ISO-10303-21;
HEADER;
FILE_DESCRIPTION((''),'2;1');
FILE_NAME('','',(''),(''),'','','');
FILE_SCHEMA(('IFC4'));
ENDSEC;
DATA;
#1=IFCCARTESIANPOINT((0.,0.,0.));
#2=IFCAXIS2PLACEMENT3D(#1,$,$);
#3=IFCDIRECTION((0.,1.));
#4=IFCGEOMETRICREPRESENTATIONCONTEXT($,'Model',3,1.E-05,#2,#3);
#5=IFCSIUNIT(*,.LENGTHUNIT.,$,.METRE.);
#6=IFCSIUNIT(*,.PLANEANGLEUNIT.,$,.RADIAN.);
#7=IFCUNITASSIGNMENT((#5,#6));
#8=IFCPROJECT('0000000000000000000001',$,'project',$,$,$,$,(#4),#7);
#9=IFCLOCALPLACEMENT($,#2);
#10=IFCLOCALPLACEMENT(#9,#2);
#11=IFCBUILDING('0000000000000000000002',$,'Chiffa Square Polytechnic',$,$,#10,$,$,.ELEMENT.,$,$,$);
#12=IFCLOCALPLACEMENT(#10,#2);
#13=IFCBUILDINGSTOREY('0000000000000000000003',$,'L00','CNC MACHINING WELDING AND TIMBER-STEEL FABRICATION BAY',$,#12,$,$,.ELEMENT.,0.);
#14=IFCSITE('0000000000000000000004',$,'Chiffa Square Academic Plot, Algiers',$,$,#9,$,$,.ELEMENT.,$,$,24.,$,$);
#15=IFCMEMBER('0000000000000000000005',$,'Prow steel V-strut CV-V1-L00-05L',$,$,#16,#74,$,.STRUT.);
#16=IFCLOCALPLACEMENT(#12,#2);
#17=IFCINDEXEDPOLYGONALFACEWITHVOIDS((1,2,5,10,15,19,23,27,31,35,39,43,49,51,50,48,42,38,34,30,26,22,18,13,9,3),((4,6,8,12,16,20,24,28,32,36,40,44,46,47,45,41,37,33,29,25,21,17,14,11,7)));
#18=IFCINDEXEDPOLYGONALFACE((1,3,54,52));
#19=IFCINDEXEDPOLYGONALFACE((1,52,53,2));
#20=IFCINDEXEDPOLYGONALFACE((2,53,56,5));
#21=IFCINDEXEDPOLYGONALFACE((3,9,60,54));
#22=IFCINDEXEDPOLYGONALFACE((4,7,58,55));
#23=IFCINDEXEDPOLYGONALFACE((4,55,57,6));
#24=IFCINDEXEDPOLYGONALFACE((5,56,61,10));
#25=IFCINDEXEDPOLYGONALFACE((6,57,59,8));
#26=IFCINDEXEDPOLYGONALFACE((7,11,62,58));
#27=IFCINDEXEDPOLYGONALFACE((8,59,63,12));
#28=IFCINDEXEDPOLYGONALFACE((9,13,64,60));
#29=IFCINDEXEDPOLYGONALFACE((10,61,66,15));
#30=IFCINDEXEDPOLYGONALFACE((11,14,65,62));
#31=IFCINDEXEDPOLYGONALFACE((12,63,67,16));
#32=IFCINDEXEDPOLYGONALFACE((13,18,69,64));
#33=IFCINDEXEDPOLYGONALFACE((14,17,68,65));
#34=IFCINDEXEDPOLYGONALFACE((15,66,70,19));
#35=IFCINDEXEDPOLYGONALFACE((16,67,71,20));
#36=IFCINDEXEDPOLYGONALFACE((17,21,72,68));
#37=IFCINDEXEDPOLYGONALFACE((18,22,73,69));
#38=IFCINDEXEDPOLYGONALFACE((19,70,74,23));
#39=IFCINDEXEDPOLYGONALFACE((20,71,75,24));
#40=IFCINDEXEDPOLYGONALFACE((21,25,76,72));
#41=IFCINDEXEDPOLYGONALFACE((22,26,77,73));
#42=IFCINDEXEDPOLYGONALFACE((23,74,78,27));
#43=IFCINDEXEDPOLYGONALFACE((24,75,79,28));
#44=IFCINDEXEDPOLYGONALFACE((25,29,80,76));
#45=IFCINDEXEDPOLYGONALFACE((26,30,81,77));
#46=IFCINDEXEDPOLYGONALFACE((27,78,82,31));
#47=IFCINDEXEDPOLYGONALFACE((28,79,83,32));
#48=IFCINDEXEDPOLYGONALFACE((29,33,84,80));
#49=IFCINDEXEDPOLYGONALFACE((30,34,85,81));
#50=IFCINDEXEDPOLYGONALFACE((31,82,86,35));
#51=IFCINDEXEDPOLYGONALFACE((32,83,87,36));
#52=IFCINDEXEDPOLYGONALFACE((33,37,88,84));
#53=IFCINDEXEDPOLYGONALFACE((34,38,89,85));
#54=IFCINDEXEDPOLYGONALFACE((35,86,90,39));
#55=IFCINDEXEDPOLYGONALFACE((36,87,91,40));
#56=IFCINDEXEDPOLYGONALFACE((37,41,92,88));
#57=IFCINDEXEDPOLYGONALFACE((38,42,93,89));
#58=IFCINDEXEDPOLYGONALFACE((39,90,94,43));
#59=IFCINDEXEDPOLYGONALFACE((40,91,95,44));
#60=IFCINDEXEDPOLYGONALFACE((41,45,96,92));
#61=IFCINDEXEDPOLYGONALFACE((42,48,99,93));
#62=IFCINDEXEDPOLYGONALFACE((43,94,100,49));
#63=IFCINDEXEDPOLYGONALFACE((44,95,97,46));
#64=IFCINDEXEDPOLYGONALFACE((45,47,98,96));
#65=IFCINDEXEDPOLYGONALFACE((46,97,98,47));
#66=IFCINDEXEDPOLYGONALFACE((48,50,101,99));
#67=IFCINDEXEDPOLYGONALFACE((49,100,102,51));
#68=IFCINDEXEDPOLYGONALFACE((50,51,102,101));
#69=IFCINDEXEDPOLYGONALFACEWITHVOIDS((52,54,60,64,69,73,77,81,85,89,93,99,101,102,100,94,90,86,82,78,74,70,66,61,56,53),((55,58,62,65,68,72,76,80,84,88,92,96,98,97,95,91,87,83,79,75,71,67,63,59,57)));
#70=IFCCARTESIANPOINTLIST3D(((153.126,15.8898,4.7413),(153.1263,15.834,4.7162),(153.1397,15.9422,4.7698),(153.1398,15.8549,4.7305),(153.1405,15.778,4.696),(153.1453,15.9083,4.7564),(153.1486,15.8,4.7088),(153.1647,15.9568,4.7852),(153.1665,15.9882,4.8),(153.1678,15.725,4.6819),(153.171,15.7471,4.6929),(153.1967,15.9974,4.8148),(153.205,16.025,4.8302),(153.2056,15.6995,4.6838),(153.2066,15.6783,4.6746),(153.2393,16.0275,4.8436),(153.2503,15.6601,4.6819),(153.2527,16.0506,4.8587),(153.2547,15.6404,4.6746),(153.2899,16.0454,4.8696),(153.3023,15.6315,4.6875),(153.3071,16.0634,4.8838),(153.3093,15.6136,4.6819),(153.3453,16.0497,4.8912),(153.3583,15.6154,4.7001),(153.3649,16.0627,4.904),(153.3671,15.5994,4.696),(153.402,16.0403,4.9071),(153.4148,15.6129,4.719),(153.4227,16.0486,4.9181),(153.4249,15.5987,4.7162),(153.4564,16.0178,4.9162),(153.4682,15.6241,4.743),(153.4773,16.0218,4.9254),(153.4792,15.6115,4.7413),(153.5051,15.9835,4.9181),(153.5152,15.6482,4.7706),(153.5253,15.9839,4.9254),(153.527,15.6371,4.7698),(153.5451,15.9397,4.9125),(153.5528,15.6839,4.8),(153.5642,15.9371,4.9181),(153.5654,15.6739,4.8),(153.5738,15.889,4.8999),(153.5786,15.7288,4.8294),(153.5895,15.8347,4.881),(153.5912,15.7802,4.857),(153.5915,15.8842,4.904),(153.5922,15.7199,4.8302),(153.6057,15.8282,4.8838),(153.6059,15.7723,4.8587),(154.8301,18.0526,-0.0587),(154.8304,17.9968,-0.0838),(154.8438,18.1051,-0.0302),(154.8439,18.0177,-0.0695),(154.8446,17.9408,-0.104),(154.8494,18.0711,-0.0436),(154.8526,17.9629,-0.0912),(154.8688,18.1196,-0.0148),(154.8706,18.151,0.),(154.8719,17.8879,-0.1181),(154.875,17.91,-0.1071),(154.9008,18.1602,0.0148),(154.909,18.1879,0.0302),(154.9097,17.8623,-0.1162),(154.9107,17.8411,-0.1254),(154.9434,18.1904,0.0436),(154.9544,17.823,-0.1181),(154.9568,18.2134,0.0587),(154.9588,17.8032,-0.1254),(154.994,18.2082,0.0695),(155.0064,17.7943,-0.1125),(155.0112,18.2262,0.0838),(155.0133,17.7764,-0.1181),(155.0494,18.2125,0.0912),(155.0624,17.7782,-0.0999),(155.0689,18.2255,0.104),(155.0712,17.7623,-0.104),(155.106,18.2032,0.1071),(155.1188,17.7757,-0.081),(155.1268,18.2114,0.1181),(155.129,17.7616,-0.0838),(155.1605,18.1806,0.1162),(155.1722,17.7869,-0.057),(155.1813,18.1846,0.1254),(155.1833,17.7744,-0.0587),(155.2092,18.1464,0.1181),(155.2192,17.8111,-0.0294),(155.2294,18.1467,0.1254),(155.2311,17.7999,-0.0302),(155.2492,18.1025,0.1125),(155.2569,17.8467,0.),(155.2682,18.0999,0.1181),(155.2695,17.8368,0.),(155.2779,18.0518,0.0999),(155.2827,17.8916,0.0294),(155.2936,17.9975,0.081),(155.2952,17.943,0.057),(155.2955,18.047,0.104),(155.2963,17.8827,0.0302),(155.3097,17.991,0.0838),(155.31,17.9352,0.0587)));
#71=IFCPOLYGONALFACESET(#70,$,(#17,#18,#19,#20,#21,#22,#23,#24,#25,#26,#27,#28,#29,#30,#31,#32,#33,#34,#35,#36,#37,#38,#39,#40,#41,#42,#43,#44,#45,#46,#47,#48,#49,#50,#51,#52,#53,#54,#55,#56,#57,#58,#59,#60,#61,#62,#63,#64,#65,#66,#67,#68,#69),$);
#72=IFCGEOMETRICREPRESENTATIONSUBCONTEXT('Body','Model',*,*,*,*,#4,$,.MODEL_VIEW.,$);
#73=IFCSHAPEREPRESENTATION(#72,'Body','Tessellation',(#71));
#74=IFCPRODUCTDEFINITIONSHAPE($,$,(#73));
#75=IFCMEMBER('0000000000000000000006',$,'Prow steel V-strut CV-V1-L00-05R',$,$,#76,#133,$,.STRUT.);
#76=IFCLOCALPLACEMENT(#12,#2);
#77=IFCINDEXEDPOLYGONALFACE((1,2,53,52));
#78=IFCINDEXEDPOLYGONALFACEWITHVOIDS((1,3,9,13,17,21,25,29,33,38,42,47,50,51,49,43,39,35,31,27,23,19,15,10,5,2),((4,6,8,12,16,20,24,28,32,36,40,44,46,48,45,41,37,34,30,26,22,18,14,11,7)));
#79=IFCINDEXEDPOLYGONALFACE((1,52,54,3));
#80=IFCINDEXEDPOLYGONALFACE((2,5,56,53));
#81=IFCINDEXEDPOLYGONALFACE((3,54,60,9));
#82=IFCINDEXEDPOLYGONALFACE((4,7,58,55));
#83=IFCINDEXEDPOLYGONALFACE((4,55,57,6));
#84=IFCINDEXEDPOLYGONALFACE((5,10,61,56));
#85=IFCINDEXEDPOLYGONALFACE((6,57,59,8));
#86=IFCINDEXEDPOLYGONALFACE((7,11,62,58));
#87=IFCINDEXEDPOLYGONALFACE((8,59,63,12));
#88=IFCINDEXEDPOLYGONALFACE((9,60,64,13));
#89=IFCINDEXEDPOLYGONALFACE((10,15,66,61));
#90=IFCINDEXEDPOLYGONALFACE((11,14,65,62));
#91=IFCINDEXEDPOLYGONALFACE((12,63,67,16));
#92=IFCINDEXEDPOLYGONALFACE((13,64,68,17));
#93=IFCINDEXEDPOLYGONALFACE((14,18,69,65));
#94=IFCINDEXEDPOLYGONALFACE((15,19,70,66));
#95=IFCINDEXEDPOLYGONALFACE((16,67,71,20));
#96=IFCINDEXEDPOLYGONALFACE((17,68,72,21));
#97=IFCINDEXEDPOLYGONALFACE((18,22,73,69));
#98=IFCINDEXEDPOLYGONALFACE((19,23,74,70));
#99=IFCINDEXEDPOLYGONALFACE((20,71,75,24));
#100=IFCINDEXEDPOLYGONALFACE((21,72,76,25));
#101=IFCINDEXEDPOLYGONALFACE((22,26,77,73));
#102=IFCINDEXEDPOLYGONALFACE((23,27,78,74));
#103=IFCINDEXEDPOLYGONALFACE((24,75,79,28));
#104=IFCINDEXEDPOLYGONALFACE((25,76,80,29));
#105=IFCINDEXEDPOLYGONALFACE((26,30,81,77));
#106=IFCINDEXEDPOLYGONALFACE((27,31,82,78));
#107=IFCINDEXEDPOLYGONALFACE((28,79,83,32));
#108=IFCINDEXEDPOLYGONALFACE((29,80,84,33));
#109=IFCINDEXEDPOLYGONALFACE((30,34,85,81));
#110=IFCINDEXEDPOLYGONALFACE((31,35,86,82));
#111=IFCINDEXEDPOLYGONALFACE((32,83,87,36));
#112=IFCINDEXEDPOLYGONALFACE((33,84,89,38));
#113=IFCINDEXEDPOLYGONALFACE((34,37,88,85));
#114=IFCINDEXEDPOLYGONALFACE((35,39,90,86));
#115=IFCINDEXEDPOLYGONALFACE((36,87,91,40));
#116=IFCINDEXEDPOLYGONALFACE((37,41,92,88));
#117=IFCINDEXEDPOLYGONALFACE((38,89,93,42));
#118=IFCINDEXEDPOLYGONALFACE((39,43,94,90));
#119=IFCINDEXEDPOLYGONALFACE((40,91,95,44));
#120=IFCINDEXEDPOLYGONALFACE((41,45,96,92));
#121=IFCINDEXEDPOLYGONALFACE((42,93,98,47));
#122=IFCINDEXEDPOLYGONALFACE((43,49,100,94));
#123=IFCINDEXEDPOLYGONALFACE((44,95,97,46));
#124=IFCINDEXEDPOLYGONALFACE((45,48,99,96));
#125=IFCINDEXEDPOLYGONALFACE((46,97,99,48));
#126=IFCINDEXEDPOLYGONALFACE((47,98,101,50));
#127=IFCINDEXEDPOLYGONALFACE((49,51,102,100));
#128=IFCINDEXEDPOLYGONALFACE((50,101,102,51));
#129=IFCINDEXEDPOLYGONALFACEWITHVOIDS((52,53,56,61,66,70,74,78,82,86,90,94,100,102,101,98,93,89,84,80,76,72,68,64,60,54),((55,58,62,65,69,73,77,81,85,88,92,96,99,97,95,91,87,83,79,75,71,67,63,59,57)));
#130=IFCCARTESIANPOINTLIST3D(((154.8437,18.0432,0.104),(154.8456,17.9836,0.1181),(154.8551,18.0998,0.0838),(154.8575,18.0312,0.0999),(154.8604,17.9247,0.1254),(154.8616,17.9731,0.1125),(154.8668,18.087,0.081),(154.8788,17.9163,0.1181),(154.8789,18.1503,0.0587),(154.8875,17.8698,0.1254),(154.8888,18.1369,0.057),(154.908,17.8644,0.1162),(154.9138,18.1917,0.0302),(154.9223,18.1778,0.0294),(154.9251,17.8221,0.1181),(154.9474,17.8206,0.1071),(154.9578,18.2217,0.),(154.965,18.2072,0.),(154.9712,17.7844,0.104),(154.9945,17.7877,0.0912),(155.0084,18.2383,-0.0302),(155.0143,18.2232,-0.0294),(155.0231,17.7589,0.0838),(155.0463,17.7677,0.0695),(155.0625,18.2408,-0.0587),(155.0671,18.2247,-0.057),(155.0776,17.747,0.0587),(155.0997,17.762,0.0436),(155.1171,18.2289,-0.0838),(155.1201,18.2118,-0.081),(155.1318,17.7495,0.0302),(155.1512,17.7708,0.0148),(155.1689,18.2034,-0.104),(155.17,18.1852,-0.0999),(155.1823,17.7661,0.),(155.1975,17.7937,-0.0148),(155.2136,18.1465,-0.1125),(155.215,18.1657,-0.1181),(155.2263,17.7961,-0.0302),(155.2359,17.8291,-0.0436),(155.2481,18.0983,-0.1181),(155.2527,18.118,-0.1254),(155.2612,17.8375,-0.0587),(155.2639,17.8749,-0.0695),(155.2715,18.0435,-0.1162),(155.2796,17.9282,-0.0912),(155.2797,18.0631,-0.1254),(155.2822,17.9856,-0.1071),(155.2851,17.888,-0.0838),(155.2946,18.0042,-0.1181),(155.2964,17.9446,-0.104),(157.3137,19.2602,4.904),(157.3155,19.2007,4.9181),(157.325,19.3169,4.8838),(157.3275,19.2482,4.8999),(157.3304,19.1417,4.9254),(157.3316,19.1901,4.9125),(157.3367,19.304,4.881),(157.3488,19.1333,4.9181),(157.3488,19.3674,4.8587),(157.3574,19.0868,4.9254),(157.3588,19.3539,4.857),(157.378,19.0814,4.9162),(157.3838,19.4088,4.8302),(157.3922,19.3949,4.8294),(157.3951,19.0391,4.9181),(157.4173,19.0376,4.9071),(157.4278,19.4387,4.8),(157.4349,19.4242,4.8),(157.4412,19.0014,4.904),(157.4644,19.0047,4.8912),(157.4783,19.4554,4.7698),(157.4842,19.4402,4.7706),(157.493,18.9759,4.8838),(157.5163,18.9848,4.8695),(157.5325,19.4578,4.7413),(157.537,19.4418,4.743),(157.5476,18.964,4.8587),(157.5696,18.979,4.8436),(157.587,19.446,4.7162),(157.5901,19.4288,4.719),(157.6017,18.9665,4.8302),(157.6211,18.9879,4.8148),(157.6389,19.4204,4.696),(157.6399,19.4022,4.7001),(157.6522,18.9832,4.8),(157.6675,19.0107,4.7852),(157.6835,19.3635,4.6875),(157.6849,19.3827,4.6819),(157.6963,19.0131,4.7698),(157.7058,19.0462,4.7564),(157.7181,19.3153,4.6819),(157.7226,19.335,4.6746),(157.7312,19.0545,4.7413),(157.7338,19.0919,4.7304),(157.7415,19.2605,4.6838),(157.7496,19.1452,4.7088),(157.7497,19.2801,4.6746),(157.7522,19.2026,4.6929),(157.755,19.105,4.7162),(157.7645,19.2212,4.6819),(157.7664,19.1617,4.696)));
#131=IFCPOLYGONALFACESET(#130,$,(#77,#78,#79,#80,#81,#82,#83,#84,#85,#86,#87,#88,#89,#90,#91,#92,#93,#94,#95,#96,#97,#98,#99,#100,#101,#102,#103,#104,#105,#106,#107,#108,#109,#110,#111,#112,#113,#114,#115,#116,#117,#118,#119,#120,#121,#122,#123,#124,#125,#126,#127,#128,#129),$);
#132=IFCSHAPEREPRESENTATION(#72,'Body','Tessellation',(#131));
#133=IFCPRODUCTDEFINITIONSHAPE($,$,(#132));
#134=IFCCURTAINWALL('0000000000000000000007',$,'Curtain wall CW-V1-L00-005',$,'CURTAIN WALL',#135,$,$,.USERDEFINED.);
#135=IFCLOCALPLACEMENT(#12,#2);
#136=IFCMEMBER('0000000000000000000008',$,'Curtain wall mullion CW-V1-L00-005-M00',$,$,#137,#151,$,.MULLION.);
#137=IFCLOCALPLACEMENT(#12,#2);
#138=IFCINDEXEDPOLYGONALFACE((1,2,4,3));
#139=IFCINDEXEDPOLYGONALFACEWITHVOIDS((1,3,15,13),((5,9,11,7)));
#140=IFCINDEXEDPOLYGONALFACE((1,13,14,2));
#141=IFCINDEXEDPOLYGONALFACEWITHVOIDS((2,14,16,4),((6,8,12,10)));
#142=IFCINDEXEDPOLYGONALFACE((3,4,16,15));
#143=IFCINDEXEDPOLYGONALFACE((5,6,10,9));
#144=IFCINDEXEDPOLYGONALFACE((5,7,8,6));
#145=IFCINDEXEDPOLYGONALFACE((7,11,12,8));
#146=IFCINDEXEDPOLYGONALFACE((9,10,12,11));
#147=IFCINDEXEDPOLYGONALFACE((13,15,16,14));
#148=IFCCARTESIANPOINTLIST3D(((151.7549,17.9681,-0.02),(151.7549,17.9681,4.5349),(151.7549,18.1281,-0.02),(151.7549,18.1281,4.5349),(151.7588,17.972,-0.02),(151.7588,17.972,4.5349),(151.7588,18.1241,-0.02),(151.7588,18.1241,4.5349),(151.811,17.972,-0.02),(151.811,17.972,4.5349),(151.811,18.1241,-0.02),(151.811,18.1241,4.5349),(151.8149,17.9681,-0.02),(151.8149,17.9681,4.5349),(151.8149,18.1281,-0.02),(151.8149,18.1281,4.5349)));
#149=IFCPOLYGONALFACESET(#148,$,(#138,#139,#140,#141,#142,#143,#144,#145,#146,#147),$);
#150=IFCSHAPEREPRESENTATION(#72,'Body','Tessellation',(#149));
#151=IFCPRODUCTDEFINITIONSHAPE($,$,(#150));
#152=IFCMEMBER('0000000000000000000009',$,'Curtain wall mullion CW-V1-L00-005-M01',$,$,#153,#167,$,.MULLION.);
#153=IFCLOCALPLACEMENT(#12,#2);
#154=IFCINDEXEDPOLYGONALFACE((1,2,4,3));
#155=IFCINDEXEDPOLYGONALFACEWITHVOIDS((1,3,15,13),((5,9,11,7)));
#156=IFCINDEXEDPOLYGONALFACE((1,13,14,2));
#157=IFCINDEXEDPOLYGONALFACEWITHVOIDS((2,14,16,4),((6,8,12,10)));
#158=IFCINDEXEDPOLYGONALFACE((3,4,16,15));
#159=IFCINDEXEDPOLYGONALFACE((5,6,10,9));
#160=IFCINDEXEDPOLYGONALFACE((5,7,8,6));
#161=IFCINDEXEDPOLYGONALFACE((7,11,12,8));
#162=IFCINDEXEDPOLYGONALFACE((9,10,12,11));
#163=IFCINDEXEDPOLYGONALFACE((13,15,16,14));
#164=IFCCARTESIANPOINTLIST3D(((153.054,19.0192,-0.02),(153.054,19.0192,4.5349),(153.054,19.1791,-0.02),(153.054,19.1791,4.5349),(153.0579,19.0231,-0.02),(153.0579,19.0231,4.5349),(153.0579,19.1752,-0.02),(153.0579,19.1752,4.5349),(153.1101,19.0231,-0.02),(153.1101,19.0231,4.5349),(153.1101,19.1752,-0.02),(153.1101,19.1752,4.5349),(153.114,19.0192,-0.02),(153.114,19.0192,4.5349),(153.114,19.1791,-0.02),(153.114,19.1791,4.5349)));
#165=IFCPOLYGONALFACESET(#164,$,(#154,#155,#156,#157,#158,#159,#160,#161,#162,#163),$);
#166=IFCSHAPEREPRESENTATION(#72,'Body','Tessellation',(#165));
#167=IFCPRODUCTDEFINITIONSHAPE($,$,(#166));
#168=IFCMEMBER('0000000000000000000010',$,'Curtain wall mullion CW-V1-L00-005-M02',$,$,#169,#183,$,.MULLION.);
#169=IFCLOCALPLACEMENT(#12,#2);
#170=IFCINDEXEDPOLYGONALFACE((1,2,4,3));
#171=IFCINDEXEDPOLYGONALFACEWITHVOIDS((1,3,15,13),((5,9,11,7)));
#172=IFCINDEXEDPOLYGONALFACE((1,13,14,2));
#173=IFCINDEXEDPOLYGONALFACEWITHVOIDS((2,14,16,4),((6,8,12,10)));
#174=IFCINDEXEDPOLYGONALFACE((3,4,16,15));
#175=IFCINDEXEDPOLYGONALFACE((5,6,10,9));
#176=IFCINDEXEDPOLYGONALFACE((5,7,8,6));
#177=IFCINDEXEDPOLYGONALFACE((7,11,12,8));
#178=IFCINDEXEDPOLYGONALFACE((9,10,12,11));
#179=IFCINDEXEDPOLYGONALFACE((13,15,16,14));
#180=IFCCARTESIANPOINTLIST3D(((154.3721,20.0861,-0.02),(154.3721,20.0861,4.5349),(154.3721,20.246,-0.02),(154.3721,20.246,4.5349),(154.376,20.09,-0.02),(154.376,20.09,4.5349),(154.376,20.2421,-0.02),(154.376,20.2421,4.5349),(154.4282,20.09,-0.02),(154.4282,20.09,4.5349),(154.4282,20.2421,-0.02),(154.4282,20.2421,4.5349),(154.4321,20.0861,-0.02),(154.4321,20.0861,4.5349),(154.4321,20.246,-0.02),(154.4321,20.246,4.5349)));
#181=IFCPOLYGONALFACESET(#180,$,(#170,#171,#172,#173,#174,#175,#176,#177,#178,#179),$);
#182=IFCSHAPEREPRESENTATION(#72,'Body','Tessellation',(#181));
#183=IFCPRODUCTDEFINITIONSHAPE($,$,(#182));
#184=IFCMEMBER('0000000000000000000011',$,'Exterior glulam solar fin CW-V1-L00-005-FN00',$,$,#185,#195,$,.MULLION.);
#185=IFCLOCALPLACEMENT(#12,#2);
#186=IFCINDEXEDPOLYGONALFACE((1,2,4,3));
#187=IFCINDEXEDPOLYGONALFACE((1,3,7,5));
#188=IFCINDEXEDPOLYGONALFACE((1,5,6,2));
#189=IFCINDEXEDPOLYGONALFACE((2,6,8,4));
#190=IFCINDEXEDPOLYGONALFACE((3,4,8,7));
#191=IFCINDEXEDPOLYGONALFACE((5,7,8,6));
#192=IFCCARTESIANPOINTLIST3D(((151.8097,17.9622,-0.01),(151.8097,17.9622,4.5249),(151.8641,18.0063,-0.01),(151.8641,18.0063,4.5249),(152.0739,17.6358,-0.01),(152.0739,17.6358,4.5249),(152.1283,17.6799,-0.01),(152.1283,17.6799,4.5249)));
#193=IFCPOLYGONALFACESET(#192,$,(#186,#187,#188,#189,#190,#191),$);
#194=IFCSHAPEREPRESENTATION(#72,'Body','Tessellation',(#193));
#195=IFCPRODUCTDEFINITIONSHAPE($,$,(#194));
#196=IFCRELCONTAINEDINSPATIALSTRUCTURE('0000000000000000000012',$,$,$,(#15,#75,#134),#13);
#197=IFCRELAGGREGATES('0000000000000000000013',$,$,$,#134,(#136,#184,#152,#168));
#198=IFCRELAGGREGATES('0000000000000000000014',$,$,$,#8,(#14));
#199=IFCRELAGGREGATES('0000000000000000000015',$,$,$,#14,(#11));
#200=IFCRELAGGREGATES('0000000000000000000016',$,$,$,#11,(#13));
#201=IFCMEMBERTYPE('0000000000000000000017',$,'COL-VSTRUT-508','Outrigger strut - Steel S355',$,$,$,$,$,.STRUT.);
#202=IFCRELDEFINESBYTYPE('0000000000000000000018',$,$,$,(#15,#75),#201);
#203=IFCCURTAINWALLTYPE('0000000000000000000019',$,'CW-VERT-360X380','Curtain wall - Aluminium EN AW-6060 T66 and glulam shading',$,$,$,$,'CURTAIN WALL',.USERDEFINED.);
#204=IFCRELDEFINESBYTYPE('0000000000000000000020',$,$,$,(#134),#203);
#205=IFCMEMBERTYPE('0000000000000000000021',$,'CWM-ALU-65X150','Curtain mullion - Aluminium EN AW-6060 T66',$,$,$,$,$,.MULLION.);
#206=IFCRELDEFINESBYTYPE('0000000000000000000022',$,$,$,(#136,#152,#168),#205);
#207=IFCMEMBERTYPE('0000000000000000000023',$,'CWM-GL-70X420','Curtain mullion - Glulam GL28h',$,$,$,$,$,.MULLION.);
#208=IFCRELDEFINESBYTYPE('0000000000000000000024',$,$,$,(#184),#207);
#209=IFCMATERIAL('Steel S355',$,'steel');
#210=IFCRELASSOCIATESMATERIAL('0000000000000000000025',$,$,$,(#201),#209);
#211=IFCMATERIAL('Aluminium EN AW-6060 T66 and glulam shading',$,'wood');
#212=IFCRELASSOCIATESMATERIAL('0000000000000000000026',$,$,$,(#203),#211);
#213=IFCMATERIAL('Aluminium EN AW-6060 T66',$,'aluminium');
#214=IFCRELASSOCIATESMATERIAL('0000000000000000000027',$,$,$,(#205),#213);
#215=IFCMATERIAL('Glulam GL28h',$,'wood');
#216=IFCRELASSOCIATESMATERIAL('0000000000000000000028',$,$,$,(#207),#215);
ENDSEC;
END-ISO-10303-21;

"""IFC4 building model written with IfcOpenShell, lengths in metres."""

from ifc_helpers import new_model, si_unit, direction, frame, origin, origin_2d, place, context, subcontext, project, spatial, rectangle, hollow_rectangle, hollow_circle, extrude, material, material_profile, profile_set, type_object, element, aggregate, save


model = new_model("IFC4")

# Units and contexts
model_context = context("Model", 3, precision=1e-05, world=origin(), true_north=direction((0.0, 1.0)))
body_context = subcontext(model_context, "Body", "Model", "MODEL_VIEW")
ifc_project = project(units=[si_unit("LENGTHUNIT", "METRE"), si_unit("PLANEANGLEUNIT", "RADIAN")], contexts=[model_context])

# Site, building, storey
site_placement = place(None, origin())
site = spatial("IfcSite", under=ifc_project, at=site_placement, Name="Chiffa Square Academic Plot, Algiers", CompositionType="ELEMENT", RefElevation=24.0)
building_placement = place(site_placement, origin())
building = spatial("IfcBuilding", under=site, at=building_placement, Name="Chiffa Square Polytechnic", CompositionType="ELEMENT")
storey_placement = place(building_placement, origin())
storey = spatial("IfcBuildingStorey", under=building, at=storey_placement, Name="L00", Description="CNC MACHINING WELDING AND TIMBER-STEEL FABRICATION BAY", CompositionType="ELEMENT", Elevation=0.0)

# Members
ifc_material_1 = material(Name="Steel S355", Category="steel")
ifc_material_profile_1 = material_profile(ifc_material_1, hollow_circle(Radius=0.2539, WallThickness=0.0161, at=origin_2d()), Name="CHS 508x16")
ifc_profile_set_1 = profile_set([ifc_material_profile_1], Name="Steel S355")
member_type_1 = type_object("IfcMemberType", Name="COL-VSTRUT-508", Description="Outrigger strut - Steel S355", PredefinedType="STRUT", material=ifc_profile_set_1)
for number, where, z_axis, x_axis, name in (
    (1, (155.0701, 17.9939, 0.0), (-0.307947, -0.390846, 0.867414), (0.785484, -0.618882, 0.0), "Prow steel V-strut CV-V1-L00-05L"),
    (2, (155.0701, 17.9939, 0.0), (0.446346, 0.219931, 0.867413), (-0.441993, 0.897019, 0.0), "Prow steel V-strut CV-V1-L00-05R"),
):
    element("IfcMember", number, at=place(storey_placement, frame(where, z_axis=z_axis, x_axis=x_axis)), inside=storey, type_object=member_type_1, Name=name, PredefinedType="STRUT", context=body_context, shape_type="SweptSolid", body=[
        extrude(hollow_circle(Radius=0.2539, WallThickness=0.0161, at=origin_2d()), origin(), (0.0, 0.0, 1.0), 5.5337),
    ])

# Curtain wall, members
ifc_material_2 = material(Name="Aluminium EN AW-6060 T66 and glulam shading", Category="wood")
curtain_wall_type = type_object("IfcCurtainWallType", Name="CW-VERT-360X380", Description="Curtain wall - Aluminium EN AW-6060 T66 and glulam shading", ElementType="CURTAIN WALL", PredefinedType="USERDEFINED", material=ifc_material_2)
curtain_wall_placement = place(storey_placement, origin())
curtain_wall = element("IfcCurtainWall", 3, at=curtain_wall_placement, inside=storey, type_object=curtain_wall_type, Name="Curtain wall CW-V1-L00-005", ObjectType="CURTAIN WALL", PredefinedType="USERDEFINED")
ifc_material_3 = material(Name="Aluminium EN AW-6060 T66", Category="aluminium")
ifc_material_profile_2 = material_profile(ifc_material_3, hollow_rectangle(XDim=0.0601, YDim=0.1599, WallThickness=0.0039, at=origin_2d()), Name="ALU 60x160x4")
ifc_profile_set_2 = profile_set([ifc_material_profile_2], Name="Aluminium EN AW-6060 T66")
member_type_2 = type_object("IfcMemberType", Name="CWM-ALU-65X150", Description="Curtain mullion - Aluminium EN AW-6060 T66", PredefinedType="MULLION", material=ifc_profile_set_2)
member_1_placement = place(storey_placement, frame((151.7849, 18.0481, -0.02), z_axis=(0.0, 0.0, 1.0), x_axis=(1.0, 0.0, 0.0)))
member_1 = element("IfcMember", 4, at=member_1_placement, type_object=member_type_2, Name="Curtain wall mullion CW-V1-L00-005-M00", PredefinedType="MULLION", context=body_context, shape_type="SweptSolid", body=[
    extrude(hollow_rectangle(XDim=0.0601, YDim=0.1599, WallThickness=0.0039, at=origin_2d()), origin(), (0.0, 0.0, 1.0), 4.5549),
])
member_2_placement = place(storey_placement, frame((153.084, 19.0991, -0.02), z_axis=(0.0, 0.0, 1.0), x_axis=(1.0, 0.0, 0.0)))
member_2 = element("IfcMember", 5, at=member_2_placement, type_object=member_type_2, Name="Curtain wall mullion CW-V1-L00-005-M01", PredefinedType="MULLION", context=body_context, shape_type="SweptSolid", body=[
    extrude(hollow_rectangle(XDim=0.0601, YDim=0.1599, WallThickness=0.0039, at=origin_2d()), origin(), (0.0, 0.0, 1.0), 4.5549),
])
member_3_placement = place(storey_placement, frame((154.4021, 20.166, -0.02), z_axis=(0.0, 0.0, 1.0), x_axis=(1.0, 0.0, 0.0)))
member_3 = element("IfcMember", 6, at=member_3_placement, type_object=member_type_2, Name="Curtain wall mullion CW-V1-L00-005-M02", PredefinedType="MULLION", context=body_context, shape_type="SweptSolid", body=[
    extrude(hollow_rectangle(XDim=0.0601, YDim=0.1599, WallThickness=0.0039, at=origin_2d()), origin(), (0.0, 0.0, 1.0), 4.5549),
])
ifc_material_4 = material(Name="Glulam GL28h", Category="wood")
ifc_material_profile_3 = material_profile(ifc_material_4, rectangle(XDim=0.0701, YDim=0.4199, at=origin_2d()), Name="GL28h 70x420")
ifc_profile_set_3 = profile_set([ifc_material_profile_3], Name="Glulam GL28h")
member_type_3 = type_object("IfcMemberType", Name="CWM-GL-70X420", Description="Curtain mullion - Glulam GL28h", PredefinedType="MULLION", material=ifc_profile_set_3)
member_4_placement = place(storey_placement, frame((151.969, 17.821, -0.01), z_axis=(0.0, 0.0, 1.0), x_axis=(0.777234, 0.629212, 0.0)))
member_4 = element("IfcMember", 7, at=member_4_placement, type_object=member_type_3, Name="Exterior glulam solar fin CW-V1-L00-005-FN00", PredefinedType="MULLION", context=body_context, shape_type="SweptSolid", body=[
    extrude(rectangle(XDim=0.0701, YDim=0.4199, at=origin_2d()), origin(), (0.0, 0.0, 1.0), 4.5349),
])
aggregate(curtain_wall, [member_1, member_4, member_2, member_3])

save(model, "model.ifc")
